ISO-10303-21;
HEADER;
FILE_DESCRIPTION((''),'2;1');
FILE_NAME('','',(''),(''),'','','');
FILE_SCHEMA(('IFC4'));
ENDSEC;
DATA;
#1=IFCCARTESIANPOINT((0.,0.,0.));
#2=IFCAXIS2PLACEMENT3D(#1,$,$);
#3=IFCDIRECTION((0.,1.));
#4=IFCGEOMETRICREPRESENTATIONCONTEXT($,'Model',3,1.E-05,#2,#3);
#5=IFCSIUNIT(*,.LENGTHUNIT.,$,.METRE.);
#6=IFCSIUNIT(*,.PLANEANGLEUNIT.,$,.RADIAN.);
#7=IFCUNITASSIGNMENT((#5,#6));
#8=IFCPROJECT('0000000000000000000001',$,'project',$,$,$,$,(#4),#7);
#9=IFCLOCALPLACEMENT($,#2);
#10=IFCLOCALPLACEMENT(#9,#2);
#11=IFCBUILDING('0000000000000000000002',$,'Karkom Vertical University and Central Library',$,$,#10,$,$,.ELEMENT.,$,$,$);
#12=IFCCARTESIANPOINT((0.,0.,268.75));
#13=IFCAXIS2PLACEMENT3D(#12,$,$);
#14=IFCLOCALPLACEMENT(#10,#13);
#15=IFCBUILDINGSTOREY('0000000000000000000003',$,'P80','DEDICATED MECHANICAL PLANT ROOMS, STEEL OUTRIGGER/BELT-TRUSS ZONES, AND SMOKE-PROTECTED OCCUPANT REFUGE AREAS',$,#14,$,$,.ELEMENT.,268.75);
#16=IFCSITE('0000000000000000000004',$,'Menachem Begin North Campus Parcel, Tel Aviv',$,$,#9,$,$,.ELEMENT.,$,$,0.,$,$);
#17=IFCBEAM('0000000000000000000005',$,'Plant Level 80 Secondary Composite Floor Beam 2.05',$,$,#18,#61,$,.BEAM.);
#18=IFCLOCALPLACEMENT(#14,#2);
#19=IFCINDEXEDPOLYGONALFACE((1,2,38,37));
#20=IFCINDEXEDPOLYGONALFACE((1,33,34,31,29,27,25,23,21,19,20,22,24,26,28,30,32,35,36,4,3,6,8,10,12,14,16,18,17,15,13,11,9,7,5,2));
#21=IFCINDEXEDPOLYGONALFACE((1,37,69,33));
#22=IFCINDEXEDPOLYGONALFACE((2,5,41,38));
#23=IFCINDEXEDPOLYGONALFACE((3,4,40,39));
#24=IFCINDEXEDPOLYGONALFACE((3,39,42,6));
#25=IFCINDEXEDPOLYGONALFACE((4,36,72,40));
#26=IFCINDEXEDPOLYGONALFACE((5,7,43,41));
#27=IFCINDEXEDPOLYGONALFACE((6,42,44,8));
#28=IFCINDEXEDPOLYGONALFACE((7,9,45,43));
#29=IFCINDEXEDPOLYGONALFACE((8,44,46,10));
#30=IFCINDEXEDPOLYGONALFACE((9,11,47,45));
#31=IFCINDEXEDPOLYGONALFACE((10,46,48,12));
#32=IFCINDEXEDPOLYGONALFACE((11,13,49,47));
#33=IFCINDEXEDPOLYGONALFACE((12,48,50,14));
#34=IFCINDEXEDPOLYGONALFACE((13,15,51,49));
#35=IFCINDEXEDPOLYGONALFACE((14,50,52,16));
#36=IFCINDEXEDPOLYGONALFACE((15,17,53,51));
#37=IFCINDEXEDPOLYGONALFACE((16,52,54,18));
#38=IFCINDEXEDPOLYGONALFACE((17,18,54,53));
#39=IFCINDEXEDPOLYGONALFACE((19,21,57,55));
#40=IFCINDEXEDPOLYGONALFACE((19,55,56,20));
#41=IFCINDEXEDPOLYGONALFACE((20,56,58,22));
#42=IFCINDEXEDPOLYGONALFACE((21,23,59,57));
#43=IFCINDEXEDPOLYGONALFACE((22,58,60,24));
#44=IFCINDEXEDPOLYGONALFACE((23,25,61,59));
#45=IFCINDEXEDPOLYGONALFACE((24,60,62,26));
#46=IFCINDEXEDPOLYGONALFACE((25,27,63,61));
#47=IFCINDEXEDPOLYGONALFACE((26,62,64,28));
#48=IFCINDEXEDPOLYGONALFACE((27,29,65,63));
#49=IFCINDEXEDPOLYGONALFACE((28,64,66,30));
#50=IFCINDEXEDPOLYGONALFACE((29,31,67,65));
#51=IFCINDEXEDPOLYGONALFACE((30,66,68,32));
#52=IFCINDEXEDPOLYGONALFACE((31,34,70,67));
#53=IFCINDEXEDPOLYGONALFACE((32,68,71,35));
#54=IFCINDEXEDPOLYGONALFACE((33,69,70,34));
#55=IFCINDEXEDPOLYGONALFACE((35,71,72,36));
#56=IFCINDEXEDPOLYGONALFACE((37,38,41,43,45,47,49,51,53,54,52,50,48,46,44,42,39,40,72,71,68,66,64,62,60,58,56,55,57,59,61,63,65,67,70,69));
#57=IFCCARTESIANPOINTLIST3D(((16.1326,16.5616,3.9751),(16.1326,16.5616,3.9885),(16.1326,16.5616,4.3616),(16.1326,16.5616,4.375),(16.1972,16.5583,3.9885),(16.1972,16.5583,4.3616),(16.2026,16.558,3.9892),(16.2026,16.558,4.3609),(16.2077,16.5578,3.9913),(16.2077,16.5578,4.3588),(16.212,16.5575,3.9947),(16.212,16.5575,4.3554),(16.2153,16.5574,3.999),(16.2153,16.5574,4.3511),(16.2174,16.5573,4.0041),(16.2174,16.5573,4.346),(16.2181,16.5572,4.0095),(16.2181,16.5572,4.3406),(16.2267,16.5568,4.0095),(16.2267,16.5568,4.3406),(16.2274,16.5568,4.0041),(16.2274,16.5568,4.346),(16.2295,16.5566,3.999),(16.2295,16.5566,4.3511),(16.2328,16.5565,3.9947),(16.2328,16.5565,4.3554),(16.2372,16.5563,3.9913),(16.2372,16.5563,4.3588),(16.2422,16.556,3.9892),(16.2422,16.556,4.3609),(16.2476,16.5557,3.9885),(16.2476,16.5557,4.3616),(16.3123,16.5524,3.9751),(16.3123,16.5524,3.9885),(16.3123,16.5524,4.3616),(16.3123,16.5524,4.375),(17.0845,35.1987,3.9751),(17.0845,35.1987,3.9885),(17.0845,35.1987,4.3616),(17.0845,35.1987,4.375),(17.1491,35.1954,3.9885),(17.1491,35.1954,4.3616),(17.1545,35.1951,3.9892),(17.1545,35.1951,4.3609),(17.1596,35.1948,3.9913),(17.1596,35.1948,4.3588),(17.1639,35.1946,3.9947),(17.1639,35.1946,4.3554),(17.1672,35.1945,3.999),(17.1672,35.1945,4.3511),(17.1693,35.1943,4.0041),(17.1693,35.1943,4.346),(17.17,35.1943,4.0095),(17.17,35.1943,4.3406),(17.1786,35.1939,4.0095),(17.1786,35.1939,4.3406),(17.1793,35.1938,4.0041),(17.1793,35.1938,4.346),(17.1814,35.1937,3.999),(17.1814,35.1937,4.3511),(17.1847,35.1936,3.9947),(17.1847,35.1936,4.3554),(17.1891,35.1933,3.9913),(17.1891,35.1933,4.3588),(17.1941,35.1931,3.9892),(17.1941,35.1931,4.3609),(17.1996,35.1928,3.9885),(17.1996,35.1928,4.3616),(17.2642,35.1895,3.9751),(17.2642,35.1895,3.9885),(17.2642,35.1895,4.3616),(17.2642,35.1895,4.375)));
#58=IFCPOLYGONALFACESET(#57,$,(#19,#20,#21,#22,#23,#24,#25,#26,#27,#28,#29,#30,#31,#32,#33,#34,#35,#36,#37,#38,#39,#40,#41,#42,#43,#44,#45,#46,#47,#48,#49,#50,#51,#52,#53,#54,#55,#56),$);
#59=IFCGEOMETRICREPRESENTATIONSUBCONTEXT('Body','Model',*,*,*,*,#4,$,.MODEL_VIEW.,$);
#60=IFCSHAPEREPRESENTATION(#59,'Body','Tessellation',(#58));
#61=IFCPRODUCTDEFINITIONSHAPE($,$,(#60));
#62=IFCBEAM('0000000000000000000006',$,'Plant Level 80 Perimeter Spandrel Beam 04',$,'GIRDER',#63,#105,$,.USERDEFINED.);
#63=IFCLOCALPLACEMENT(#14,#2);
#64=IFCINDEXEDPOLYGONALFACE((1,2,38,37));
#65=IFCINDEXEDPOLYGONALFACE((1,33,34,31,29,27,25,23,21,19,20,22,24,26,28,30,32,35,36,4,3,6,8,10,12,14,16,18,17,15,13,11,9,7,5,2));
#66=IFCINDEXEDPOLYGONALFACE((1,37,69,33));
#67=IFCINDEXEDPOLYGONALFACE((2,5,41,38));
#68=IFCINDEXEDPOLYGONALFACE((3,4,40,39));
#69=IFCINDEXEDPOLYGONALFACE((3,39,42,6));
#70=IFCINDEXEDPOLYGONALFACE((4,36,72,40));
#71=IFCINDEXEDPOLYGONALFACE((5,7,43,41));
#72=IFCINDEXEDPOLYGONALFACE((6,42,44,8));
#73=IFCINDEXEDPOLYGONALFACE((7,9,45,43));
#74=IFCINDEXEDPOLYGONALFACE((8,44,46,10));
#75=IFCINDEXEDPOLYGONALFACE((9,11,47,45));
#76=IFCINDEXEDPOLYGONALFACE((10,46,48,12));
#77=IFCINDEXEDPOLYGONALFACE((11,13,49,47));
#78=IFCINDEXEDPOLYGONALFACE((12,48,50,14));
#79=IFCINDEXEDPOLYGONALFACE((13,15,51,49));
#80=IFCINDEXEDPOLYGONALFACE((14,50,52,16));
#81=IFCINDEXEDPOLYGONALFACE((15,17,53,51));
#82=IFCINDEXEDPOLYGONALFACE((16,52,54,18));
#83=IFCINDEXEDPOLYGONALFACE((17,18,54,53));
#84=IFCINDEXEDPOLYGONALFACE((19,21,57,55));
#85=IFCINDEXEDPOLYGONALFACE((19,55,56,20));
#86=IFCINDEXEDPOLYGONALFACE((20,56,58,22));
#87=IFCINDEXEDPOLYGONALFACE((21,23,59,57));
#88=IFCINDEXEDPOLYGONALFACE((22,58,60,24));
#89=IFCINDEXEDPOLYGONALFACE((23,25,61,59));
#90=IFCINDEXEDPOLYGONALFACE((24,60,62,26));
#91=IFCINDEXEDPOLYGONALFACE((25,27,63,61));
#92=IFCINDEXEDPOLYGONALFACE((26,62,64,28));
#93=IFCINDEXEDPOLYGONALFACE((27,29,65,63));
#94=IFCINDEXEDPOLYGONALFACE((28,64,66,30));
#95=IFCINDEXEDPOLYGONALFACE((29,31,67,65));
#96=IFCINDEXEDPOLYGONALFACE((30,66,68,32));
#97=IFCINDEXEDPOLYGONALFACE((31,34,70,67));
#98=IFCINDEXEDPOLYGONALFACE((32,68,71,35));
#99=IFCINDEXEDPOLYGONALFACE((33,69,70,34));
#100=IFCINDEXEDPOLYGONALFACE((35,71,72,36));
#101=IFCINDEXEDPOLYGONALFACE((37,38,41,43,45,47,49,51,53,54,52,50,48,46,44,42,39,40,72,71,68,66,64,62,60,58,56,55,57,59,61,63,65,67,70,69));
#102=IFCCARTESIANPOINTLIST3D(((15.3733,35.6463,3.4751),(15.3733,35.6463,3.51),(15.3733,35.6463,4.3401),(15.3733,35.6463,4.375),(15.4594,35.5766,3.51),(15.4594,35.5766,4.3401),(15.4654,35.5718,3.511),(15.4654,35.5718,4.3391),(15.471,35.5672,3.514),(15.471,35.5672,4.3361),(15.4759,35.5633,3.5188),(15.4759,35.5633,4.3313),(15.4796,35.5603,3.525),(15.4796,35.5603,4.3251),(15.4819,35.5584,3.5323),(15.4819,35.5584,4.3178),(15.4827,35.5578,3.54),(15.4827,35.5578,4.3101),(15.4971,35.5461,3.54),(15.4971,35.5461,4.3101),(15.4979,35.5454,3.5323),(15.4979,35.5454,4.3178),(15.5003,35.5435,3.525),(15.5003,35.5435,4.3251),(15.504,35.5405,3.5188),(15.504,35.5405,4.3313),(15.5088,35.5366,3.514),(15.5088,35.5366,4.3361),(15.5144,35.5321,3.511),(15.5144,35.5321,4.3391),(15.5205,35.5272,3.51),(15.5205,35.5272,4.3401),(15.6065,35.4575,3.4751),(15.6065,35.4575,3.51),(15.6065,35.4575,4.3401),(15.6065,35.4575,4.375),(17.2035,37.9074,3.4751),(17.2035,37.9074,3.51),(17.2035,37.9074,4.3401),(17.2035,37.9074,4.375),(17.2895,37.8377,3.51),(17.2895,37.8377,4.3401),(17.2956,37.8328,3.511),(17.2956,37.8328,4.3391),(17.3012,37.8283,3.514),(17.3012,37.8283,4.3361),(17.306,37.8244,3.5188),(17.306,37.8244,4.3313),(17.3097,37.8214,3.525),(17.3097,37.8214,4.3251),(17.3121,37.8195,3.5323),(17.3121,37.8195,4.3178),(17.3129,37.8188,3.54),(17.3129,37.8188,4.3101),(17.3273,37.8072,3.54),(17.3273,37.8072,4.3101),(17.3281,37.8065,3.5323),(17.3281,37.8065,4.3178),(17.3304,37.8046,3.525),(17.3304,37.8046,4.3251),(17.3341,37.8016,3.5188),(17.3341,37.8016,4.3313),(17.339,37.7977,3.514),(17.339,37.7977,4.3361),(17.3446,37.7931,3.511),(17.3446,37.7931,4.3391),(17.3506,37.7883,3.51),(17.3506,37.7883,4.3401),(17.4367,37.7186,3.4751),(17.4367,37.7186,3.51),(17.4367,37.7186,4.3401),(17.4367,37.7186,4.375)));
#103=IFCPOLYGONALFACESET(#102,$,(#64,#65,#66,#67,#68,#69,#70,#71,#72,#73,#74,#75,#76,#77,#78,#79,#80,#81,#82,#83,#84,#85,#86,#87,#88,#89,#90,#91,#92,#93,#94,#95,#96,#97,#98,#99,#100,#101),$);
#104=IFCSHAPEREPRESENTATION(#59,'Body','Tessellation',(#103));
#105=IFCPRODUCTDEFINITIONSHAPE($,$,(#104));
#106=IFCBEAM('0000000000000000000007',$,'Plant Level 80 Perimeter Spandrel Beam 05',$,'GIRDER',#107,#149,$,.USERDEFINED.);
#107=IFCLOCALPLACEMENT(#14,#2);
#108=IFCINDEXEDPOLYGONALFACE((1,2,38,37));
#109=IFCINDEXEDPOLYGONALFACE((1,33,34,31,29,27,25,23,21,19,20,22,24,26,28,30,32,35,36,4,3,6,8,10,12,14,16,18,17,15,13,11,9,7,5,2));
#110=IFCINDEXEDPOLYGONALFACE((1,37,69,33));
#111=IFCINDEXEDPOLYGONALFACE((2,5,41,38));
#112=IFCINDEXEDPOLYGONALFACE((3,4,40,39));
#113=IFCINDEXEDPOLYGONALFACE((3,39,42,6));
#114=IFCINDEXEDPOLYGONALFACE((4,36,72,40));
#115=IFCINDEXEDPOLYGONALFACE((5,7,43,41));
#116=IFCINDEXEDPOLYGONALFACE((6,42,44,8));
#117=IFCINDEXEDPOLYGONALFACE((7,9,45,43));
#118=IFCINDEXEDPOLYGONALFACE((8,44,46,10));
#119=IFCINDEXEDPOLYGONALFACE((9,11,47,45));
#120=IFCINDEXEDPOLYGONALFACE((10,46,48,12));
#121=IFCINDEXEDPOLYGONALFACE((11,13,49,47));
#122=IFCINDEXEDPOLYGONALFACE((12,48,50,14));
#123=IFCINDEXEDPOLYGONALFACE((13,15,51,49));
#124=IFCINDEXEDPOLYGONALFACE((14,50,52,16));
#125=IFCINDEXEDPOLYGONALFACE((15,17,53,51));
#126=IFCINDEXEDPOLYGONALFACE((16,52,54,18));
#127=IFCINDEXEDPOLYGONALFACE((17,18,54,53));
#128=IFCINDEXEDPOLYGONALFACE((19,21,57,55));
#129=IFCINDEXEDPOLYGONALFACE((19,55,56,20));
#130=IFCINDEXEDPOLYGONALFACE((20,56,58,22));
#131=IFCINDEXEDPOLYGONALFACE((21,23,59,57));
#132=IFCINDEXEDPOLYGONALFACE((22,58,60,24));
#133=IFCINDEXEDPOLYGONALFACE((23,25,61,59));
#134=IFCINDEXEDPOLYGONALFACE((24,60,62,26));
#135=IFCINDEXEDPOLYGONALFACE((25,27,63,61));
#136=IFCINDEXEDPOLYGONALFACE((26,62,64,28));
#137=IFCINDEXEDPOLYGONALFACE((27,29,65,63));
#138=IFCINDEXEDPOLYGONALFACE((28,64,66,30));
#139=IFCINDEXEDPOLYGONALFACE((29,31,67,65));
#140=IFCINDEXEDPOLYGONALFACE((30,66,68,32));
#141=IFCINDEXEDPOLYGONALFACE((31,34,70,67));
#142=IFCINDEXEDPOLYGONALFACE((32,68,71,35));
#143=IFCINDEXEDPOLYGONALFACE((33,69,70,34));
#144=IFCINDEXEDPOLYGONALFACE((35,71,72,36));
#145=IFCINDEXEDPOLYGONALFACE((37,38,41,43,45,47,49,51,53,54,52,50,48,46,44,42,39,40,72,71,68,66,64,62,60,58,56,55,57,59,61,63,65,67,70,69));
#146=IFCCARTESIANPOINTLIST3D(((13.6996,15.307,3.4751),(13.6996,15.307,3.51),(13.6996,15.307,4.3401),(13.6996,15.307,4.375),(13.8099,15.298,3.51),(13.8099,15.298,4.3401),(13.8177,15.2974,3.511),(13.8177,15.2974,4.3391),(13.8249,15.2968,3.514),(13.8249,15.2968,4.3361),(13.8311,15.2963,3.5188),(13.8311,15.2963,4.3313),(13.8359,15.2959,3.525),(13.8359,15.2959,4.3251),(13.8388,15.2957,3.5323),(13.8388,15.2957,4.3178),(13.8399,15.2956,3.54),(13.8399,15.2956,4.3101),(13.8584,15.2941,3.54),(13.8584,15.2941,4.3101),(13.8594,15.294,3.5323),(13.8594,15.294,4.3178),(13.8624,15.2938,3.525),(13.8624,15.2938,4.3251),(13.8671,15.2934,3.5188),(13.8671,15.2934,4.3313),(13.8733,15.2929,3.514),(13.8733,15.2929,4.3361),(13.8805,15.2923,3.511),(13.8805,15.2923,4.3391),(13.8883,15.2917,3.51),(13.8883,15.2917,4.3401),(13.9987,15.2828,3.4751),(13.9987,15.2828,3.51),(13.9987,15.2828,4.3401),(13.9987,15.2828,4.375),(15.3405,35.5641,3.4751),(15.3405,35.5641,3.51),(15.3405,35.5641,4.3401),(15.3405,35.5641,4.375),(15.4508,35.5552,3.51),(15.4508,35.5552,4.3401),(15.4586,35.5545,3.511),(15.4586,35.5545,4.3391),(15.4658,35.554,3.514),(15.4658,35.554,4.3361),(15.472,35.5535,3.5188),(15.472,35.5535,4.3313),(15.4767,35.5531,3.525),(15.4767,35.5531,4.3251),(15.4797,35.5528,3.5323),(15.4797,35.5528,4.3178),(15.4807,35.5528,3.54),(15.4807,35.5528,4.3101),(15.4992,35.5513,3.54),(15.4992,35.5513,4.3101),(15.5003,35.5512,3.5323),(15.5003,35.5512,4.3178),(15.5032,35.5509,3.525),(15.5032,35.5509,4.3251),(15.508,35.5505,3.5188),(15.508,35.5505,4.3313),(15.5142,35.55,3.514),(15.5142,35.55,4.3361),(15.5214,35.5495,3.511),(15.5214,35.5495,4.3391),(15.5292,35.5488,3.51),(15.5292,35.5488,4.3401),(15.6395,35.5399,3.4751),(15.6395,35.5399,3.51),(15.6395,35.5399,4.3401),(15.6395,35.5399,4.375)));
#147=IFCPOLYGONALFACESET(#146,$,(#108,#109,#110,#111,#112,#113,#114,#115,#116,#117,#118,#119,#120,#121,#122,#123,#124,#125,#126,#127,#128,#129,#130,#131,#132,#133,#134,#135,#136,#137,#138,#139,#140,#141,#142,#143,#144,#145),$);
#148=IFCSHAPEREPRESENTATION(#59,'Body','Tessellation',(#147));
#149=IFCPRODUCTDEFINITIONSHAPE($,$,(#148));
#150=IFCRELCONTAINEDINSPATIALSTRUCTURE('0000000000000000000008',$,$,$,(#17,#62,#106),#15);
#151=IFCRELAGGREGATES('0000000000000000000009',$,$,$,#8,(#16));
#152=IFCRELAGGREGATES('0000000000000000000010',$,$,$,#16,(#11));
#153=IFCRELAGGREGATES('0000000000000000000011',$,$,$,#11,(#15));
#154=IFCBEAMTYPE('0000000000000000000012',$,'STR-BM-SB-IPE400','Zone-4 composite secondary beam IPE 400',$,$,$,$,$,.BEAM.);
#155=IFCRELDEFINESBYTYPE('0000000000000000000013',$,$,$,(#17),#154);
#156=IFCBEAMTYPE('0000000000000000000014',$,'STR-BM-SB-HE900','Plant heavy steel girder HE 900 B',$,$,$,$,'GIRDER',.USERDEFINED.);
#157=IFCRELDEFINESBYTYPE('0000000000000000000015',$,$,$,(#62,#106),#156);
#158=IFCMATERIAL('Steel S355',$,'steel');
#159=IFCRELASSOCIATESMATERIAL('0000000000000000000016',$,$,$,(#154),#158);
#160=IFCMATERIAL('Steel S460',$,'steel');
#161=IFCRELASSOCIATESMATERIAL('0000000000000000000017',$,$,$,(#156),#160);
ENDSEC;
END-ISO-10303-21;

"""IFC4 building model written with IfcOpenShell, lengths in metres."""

from ifc_helpers import new_model, si_unit, direction, frame, origin, origin_with_axes, origin_2d, place, context, subcontext, project, spatial, i_section, extrude, source, transform, mapped, material, material_profile, profile_set, type_object, element, save


model = new_model("IFC4")

# Units and contexts
model_context = context("Model", 3, precision=1e-05, world=origin(), true_north=direction((0.0, 1.0)))
body_context = subcontext(model_context, "Body", "Model", "MODEL_VIEW")
ifc_project = project(units=[si_unit("LENGTHUNIT", "METRE"), si_unit("PLANEANGLEUNIT", "RADIAN")], contexts=[model_context])

# Site, building, storey
site_placement = place(None, origin())
site = spatial("IfcSite", under=ifc_project, at=site_placement, Name="Menachem Begin North Campus Parcel, Tel Aviv", CompositionType="ELEMENT", RefElevation=0.0)
building_placement = place(site_placement, origin())
building = spatial("IfcBuilding", under=site, at=building_placement, Name="Karkom Vertical University and Central Library", CompositionType="ELEMENT")
storey_placement = place(building_placement, frame((0.0, 0.0, 268.75)))
storey = spatial("IfcBuildingStorey", under=building, at=storey_placement, Name="P80", Description="DEDICATED MECHANICAL PLANT ROOMS, STEEL OUTRIGGER/BELT-TRUSS ZONES, AND SMOKE-PROTECTED OCCUPANT REFUGE AREAS", CompositionType="ELEMENT", Elevation=268.75)

# Beams
ifc_material_1 = material(Name="Steel S355", Category="steel")
ifc_material_profile_1 = material_profile(ifc_material_1, i_section(OverallWidth=0.1799, OverallDepth=0.3999, WebThickness=0.0085, FlangeThickness=0.0134, FilletRadius=0.021, at=origin_2d()), Name="IPE 400")
ifc_profile_set_1 = profile_set([ifc_material_profile_1], Name="Steel S355")
beam_type_1 = type_object("IfcBeamType", Name="STR-BM-SB-IPE400", Description="Zone-4 composite secondary beam IPE 400", PredefinedType="BEAM", material=ifc_profile_set_1)
shared_shape_1 = source(origin_with_axes(), body_context, "Body", "SweptSolid", [
    extrude(i_section(OverallWidth=0.1799, OverallDepth=0.3999, WebThickness=0.0085, FlangeThickness=0.0134, FilletRadius=0.021, at=origin_2d()), origin(), (0.0, 0.0, 1.0), 18.6614),
])
beam_1_placement = place(storey_placement, frame((17.1743, 35.1941, 4.175), z_axis=(-0.05101, -0.998698, 0.0), x_axis=(0.998698, -0.05101, 0.0)))
element("IfcBeam", 1, at=beam_1_placement, inside=storey, type_object=beam_type_1, Name="Plant Level 80 Secondary Composite Floor Beam 2.05", PredefinedType="BEAM", context=body_context, shape_type="MappedRepresentation", body=[
    mapped(shared_shape_1, transform((0.0, 0.0, 0.0), scale=1.0)),
])
ifc_material_2 = material(Name="Steel S460", Category="steel")
ifc_material_profile_2 = material_profile(ifc_material_2, i_section(OverallWidth=0.3, OverallDepth=0.8999, WebThickness=0.0186, FlangeThickness=0.0349, FilletRadius=0.03, at=origin_2d()), Name="HE 900 B")
ifc_profile_set_2 = profile_set([ifc_material_profile_2], Name="Steel S460")
beam_type_2 = type_object("IfcBeamType", Name="STR-BM-SB-HE900", Description="Plant heavy steel girder HE 900 B", ElementType="GIRDER", PredefinedType="USERDEFINED", material=ifc_profile_set_2)
shared_shape_2 = source(origin_with_axes(), body_context, "Body", "SweptSolid", [
    extrude(i_section(OverallWidth=0.3, OverallDepth=0.8999, WebThickness=0.0186, FlangeThickness=0.0349, FilletRadius=0.03, at=origin_2d()), origin(), (0.0, 0.0, 1.0), 2.9089),
])
beam_2_placement = place(storey_placement, frame((17.3201, 37.813, 3.925), z_axis=(-0.629148, -0.777286, 0.0), x_axis=(0.777286, -0.629148, 0.0)))
element("IfcBeam", 2, at=beam_2_placement, inside=storey, type_object=beam_type_2, Name="Plant Level 80 Perimeter Spandrel Beam 04", ObjectType="GIRDER", PredefinedType="USERDEFINED", context=body_context, shape_type="MappedRepresentation", body=[
    mapped(shared_shape_2, transform((0.0, 0.0, 0.0), scale=1.0)),
])
shared_shape_3 = source(origin_with_axes(), body_context, "Body", "SweptSolid", [
    extrude(i_section(OverallWidth=0.3, OverallDepth=0.8999, WebThickness=0.0186, FlangeThickness=0.0349, FilletRadius=0.03, at=origin_2d()), origin(), (0.0, 0.0, 1.0), 20.3235),
])
beam_3_placement = place(storey_placement, frame((15.49, 35.552, 3.925), z_axis=(-0.080738, -0.996735, 0.0), x_axis=(0.996735, -0.080738, 0.0)))
element("IfcBeam", 3, at=beam_3_placement, inside=storey, type_object=beam_type_2, Name="Plant Level 80 Perimeter Spandrel Beam 05", ObjectType="GIRDER", PredefinedType="USERDEFINED", context=body_context, shape_type="MappedRepresentation", body=[
    mapped(shared_shape_3, transform((0.0, 0.0, 0.0), scale=1.0)),
])

save(model, "model.ifc")
